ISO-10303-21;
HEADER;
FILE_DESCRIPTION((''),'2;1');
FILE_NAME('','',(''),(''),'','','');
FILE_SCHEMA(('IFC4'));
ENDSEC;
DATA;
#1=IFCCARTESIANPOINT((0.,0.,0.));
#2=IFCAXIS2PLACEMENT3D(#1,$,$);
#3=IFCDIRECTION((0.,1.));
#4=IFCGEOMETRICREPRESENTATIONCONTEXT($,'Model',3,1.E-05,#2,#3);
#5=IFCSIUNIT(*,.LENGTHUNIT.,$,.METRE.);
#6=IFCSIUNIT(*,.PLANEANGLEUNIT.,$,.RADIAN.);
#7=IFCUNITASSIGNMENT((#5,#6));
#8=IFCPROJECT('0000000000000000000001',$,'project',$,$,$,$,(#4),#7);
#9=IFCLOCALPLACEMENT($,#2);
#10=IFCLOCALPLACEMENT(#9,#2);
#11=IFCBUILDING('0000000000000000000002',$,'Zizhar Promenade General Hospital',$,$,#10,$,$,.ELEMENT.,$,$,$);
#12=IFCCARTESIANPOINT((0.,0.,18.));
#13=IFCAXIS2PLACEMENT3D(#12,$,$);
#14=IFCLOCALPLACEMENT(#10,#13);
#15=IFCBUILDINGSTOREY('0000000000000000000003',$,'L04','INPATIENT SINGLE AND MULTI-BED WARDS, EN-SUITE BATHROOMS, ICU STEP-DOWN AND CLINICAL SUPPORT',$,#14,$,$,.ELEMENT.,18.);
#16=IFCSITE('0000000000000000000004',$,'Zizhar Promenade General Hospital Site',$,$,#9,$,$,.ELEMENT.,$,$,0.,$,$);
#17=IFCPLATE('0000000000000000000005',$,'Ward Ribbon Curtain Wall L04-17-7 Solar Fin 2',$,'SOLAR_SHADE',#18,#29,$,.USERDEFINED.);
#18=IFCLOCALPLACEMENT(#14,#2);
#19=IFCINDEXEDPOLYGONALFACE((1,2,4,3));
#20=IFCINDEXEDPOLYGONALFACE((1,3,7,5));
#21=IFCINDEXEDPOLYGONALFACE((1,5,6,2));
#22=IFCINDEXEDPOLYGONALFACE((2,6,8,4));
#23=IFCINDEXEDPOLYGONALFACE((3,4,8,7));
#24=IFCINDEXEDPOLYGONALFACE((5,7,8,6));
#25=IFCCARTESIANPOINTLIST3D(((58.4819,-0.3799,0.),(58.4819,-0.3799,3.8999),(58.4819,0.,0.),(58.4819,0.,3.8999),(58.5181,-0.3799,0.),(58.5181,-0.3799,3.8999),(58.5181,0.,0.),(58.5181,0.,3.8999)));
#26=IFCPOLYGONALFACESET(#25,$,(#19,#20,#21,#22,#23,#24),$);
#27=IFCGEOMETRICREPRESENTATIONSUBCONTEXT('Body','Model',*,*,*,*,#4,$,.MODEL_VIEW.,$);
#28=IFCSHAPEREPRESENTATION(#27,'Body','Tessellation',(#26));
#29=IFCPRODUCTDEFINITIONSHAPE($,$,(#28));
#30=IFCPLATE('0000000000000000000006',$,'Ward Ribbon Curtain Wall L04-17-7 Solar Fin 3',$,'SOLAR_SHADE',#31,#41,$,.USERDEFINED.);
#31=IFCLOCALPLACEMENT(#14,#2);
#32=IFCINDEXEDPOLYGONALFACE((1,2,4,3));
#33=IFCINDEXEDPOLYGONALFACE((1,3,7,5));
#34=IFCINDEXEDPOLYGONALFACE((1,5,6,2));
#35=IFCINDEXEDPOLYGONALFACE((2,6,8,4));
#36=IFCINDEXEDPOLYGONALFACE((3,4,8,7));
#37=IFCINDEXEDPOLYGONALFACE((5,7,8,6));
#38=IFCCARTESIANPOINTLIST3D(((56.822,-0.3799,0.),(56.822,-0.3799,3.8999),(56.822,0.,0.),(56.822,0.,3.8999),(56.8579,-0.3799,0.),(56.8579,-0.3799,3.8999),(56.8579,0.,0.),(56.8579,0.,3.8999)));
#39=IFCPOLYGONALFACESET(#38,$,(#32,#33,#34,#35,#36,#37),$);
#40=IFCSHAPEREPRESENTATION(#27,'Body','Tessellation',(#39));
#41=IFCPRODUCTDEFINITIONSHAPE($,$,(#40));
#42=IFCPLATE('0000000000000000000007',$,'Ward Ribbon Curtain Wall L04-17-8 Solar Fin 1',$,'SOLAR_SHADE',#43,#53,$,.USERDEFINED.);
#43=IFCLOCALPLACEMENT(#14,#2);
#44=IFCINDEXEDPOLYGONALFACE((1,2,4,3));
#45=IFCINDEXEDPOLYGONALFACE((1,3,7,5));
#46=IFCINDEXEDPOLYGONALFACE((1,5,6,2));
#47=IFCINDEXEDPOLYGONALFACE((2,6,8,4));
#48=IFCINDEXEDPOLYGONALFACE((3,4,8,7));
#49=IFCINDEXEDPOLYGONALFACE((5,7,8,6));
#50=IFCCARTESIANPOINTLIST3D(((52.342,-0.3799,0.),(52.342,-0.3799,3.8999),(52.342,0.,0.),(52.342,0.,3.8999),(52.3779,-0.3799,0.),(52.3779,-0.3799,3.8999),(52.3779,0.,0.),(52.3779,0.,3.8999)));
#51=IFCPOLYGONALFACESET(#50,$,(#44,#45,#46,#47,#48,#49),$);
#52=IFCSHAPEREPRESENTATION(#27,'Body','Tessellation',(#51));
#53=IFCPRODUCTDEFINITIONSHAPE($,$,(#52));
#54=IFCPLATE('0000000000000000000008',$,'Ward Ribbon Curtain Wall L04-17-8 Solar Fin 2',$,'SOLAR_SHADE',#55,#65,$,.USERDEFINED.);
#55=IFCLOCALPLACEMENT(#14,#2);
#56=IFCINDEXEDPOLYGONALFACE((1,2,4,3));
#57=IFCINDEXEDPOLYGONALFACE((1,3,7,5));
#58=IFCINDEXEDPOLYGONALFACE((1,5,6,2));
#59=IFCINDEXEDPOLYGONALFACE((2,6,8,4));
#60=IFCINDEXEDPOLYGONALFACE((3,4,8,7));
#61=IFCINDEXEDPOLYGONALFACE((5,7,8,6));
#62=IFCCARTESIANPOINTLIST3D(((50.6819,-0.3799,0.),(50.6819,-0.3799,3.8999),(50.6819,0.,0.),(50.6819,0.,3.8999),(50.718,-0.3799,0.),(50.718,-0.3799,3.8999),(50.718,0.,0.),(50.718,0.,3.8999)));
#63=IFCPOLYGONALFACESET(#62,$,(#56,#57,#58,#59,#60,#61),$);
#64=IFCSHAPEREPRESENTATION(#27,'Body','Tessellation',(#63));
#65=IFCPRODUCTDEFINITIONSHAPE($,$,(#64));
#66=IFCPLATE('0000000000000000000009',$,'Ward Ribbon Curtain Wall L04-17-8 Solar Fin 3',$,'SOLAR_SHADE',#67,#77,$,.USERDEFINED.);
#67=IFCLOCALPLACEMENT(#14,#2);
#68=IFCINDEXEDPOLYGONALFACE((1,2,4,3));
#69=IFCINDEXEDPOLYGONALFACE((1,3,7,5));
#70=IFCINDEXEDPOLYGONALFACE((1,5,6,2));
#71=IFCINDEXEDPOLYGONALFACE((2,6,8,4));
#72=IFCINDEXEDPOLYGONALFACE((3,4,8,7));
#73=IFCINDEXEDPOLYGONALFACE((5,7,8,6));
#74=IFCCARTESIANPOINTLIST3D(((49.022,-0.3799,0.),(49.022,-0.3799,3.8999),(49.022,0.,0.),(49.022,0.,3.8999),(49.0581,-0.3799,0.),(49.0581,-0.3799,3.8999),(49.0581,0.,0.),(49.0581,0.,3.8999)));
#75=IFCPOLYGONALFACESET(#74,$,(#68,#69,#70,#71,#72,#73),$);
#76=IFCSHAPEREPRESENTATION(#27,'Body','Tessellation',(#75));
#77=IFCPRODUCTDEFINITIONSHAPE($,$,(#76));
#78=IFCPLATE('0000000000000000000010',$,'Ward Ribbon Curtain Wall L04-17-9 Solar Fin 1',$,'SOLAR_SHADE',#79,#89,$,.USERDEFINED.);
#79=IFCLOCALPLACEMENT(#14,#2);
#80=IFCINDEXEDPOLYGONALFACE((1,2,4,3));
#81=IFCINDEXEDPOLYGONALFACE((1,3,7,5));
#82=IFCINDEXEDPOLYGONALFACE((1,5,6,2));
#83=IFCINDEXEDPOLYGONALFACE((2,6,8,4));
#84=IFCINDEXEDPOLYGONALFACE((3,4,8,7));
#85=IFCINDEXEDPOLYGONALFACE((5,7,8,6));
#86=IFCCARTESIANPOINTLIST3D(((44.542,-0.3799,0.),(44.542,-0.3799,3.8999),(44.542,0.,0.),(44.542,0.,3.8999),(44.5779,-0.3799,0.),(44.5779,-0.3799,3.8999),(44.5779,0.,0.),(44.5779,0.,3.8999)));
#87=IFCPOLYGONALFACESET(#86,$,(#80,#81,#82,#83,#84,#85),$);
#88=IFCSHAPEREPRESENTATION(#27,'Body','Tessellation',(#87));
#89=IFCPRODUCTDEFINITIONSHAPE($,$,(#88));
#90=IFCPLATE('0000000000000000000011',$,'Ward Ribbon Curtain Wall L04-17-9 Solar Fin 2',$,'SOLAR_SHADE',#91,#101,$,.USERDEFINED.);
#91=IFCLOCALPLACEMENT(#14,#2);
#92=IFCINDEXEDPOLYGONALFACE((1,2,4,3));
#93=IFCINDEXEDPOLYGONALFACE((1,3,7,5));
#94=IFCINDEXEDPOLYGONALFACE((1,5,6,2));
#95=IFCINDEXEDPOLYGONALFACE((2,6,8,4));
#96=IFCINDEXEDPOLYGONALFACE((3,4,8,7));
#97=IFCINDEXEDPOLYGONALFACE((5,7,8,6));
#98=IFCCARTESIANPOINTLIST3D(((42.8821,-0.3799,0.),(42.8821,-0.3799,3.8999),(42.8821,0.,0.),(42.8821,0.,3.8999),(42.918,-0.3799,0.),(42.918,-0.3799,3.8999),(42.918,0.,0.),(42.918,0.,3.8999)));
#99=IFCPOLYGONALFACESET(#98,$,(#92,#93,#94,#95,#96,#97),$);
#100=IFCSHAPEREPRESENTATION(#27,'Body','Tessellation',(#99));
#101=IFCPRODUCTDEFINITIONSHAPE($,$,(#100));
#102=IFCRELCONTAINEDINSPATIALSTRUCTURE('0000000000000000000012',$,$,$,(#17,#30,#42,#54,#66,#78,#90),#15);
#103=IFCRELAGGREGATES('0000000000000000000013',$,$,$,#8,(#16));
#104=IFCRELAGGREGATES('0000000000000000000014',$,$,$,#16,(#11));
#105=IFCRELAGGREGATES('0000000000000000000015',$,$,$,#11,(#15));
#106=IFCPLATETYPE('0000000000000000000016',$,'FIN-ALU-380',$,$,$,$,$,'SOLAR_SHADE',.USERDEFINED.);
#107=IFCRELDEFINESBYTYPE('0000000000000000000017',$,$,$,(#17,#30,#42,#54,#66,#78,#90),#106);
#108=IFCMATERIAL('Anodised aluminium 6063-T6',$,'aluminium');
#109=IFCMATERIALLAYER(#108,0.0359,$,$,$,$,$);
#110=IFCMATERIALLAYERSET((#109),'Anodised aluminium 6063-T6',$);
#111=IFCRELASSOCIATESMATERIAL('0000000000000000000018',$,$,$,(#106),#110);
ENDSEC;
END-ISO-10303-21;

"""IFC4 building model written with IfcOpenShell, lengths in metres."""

from ifc_helpers import new_model, si_unit, direction, frame, origin, place, context, subcontext, project, spatial, polyline, outline, extrude, material, layer, layer_set, type_object, element, save


model = new_model("IFC4")

# Units and contexts
model_context = context("Model", 3, precision=1e-05, world=origin(), true_north=direction((0.0, 1.0)))
body_context = subcontext(model_context, "Body", "Model", "MODEL_VIEW")
ifc_project = project(units=[si_unit("LENGTHUNIT", "METRE"), si_unit("PLANEANGLEUNIT", "RADIAN")], contexts=[model_context])

# Site, building, storey
site_placement = place(None, origin())
site = spatial("IfcSite", under=ifc_project, at=site_placement, Name="Zizhar Promenade General Hospital Site", CompositionType="ELEMENT", RefElevation=0.0)
building_placement = place(site_placement, origin())
building = spatial("IfcBuilding", under=site, at=building_placement, Name="Zizhar Promenade General Hospital", CompositionType="ELEMENT")
storey_placement = place(building_placement, frame((0.0, 0.0, 18.0)))
storey = spatial("IfcBuildingStorey", under=building, at=storey_placement, Name="L04", Description="INPATIENT SINGLE AND MULTI-BED WARDS, EN-SUITE BATHROOMS, ICU STEP-DOWN AND CLINICAL SUPPORT", CompositionType="ELEMENT", Elevation=18.0)

# Plates
ifc_material = material(Name="Anodised aluminium 6063-T6", Category="aluminium")
ifc_layer = layer(ifc_material, 0.0359)
ifc_layer_set = layer_set([ifc_layer], Name="Anodised aluminium 6063-T6")
plate_type = type_object("IfcPlateType", Name="FIN-ALU-380", ElementType="SOLAR_SHADE", PredefinedType="USERDEFINED", material=ifc_layer_set)
plate_1_placement = place(storey_placement, origin())
element("IfcPlate", 1, at=plate_1_placement, inside=storey, type_object=plate_type, Name="Ward Ribbon Curtain Wall L04-17-7 Solar Fin 2", ObjectType="SOLAR_SHADE", PredefinedType="USERDEFINED", context=body_context, shape_type="SweptSolid", body=[
    extrude(outline(polyline([(58.5181, 0.0), (58.4819, 0.0), (58.4819, -0.3799), (58.5181, -0.3799), (58.5181, 0.0)])), origin(), (0.0, 0.0, 1.0), 3.8999),
])
plate_2_placement = place(storey_placement, origin())
element("IfcPlate", 2, at=plate_2_placement, inside=storey, type_object=plate_type, Name="Ward Ribbon Curtain Wall L04-17-7 Solar Fin 3", ObjectType="SOLAR_SHADE", PredefinedType="USERDEFINED", context=body_context, shape_type="SweptSolid", body=[
    extrude(outline(polyline([(56.8579, 0.0), (56.822, 0.0), (56.822, -0.3799), (56.8579, -0.3799), (56.8579, 0.0)])), origin(), (0.0, 0.0, 1.0), 3.8999),
])
plate_3_placement = place(storey_placement, origin())
element("IfcPlate", 3, at=plate_3_placement, inside=storey, type_object=plate_type, Name="Ward Ribbon Curtain Wall L04-17-8 Solar Fin 1", ObjectType="SOLAR_SHADE", PredefinedType="USERDEFINED", context=body_context, shape_type="SweptSolid", body=[
    extrude(outline(polyline([(52.3779, 0.0), (52.342, 0.0), (52.342, -0.3799), (52.3779, -0.3799), (52.3779, 0.0)])), origin(), (0.0, 0.0, 1.0), 3.8999),
])
plate_4_placement = place(storey_placement, origin())
element("IfcPlate", 4, at=plate_4_placement, inside=storey, type_object=plate_type, Name="Ward Ribbon Curtain Wall L04-17-8 Solar Fin 2", ObjectType="SOLAR_SHADE", PredefinedType="USERDEFINED", context=body_context, shape_type="SweptSolid", body=[
    extrude(outline(polyline([(50.718, 0.0), (50.6819, 0.0), (50.6819, -0.3799), (50.718, -0.3799), (50.718, 0.0)])), origin(), (0.0, 0.0, 1.0), 3.8999),
])
plate_5_placement = place(storey_placement, origin())
element("IfcPlate", 5, at=plate_5_placement, inside=storey, type_object=plate_type, Name="Ward Ribbon Curtain Wall L04-17-8 Solar Fin 3", ObjectType="SOLAR_SHADE", PredefinedType="USERDEFINED", context=body_context, shape_type="SweptSolid", body=[
    extrude(outline(polyline([(49.0581, 0.0), (49.022, 0.0), (49.022, -0.3799), (49.0581, -0.3799), (49.0581, 0.0)])), origin(), (0.0, 0.0, 1.0), 3.8999),
])
plate_6_placement = place(storey_placement, origin())
element("IfcPlate", 6, at=plate_6_placement, inside=storey, type_object=plate_type, Name="Ward Ribbon Curtain Wall L04-17-9 Solar Fin 1", ObjectType="SOLAR_SHADE", PredefinedType="USERDEFINED", context=body_context, shape_type="SweptSolid", body=[
    extrude(outline(polyline([(44.5779, 0.0), (44.542, 0.0), (44.542, -0.3799), (44.5779, -0.3799), (44.5779, 0.0)])), origin(), (0.0, 0.0, 1.0), 3.8999),
])
plate_7_placement = place(storey_placement, origin())
element("IfcPlate", 7, at=plate_7_placement, inside=storey, type_object=plate_type, Name="Ward Ribbon Curtain Wall L04-17-9 Solar Fin 2", ObjectType="SOLAR_SHADE", PredefinedType="USERDEFINED", context=body_context, shape_type="SweptSolid", body=[
    extrude(outline(polyline([(42.918, 0.0), (42.8821, 0.0), (42.8821, -0.3799), (42.918, -0.3799), (42.918, 0.0)])), origin(), (0.0, 0.0, 1.0), 3.8999),
])

save(model, "model.ifc")
